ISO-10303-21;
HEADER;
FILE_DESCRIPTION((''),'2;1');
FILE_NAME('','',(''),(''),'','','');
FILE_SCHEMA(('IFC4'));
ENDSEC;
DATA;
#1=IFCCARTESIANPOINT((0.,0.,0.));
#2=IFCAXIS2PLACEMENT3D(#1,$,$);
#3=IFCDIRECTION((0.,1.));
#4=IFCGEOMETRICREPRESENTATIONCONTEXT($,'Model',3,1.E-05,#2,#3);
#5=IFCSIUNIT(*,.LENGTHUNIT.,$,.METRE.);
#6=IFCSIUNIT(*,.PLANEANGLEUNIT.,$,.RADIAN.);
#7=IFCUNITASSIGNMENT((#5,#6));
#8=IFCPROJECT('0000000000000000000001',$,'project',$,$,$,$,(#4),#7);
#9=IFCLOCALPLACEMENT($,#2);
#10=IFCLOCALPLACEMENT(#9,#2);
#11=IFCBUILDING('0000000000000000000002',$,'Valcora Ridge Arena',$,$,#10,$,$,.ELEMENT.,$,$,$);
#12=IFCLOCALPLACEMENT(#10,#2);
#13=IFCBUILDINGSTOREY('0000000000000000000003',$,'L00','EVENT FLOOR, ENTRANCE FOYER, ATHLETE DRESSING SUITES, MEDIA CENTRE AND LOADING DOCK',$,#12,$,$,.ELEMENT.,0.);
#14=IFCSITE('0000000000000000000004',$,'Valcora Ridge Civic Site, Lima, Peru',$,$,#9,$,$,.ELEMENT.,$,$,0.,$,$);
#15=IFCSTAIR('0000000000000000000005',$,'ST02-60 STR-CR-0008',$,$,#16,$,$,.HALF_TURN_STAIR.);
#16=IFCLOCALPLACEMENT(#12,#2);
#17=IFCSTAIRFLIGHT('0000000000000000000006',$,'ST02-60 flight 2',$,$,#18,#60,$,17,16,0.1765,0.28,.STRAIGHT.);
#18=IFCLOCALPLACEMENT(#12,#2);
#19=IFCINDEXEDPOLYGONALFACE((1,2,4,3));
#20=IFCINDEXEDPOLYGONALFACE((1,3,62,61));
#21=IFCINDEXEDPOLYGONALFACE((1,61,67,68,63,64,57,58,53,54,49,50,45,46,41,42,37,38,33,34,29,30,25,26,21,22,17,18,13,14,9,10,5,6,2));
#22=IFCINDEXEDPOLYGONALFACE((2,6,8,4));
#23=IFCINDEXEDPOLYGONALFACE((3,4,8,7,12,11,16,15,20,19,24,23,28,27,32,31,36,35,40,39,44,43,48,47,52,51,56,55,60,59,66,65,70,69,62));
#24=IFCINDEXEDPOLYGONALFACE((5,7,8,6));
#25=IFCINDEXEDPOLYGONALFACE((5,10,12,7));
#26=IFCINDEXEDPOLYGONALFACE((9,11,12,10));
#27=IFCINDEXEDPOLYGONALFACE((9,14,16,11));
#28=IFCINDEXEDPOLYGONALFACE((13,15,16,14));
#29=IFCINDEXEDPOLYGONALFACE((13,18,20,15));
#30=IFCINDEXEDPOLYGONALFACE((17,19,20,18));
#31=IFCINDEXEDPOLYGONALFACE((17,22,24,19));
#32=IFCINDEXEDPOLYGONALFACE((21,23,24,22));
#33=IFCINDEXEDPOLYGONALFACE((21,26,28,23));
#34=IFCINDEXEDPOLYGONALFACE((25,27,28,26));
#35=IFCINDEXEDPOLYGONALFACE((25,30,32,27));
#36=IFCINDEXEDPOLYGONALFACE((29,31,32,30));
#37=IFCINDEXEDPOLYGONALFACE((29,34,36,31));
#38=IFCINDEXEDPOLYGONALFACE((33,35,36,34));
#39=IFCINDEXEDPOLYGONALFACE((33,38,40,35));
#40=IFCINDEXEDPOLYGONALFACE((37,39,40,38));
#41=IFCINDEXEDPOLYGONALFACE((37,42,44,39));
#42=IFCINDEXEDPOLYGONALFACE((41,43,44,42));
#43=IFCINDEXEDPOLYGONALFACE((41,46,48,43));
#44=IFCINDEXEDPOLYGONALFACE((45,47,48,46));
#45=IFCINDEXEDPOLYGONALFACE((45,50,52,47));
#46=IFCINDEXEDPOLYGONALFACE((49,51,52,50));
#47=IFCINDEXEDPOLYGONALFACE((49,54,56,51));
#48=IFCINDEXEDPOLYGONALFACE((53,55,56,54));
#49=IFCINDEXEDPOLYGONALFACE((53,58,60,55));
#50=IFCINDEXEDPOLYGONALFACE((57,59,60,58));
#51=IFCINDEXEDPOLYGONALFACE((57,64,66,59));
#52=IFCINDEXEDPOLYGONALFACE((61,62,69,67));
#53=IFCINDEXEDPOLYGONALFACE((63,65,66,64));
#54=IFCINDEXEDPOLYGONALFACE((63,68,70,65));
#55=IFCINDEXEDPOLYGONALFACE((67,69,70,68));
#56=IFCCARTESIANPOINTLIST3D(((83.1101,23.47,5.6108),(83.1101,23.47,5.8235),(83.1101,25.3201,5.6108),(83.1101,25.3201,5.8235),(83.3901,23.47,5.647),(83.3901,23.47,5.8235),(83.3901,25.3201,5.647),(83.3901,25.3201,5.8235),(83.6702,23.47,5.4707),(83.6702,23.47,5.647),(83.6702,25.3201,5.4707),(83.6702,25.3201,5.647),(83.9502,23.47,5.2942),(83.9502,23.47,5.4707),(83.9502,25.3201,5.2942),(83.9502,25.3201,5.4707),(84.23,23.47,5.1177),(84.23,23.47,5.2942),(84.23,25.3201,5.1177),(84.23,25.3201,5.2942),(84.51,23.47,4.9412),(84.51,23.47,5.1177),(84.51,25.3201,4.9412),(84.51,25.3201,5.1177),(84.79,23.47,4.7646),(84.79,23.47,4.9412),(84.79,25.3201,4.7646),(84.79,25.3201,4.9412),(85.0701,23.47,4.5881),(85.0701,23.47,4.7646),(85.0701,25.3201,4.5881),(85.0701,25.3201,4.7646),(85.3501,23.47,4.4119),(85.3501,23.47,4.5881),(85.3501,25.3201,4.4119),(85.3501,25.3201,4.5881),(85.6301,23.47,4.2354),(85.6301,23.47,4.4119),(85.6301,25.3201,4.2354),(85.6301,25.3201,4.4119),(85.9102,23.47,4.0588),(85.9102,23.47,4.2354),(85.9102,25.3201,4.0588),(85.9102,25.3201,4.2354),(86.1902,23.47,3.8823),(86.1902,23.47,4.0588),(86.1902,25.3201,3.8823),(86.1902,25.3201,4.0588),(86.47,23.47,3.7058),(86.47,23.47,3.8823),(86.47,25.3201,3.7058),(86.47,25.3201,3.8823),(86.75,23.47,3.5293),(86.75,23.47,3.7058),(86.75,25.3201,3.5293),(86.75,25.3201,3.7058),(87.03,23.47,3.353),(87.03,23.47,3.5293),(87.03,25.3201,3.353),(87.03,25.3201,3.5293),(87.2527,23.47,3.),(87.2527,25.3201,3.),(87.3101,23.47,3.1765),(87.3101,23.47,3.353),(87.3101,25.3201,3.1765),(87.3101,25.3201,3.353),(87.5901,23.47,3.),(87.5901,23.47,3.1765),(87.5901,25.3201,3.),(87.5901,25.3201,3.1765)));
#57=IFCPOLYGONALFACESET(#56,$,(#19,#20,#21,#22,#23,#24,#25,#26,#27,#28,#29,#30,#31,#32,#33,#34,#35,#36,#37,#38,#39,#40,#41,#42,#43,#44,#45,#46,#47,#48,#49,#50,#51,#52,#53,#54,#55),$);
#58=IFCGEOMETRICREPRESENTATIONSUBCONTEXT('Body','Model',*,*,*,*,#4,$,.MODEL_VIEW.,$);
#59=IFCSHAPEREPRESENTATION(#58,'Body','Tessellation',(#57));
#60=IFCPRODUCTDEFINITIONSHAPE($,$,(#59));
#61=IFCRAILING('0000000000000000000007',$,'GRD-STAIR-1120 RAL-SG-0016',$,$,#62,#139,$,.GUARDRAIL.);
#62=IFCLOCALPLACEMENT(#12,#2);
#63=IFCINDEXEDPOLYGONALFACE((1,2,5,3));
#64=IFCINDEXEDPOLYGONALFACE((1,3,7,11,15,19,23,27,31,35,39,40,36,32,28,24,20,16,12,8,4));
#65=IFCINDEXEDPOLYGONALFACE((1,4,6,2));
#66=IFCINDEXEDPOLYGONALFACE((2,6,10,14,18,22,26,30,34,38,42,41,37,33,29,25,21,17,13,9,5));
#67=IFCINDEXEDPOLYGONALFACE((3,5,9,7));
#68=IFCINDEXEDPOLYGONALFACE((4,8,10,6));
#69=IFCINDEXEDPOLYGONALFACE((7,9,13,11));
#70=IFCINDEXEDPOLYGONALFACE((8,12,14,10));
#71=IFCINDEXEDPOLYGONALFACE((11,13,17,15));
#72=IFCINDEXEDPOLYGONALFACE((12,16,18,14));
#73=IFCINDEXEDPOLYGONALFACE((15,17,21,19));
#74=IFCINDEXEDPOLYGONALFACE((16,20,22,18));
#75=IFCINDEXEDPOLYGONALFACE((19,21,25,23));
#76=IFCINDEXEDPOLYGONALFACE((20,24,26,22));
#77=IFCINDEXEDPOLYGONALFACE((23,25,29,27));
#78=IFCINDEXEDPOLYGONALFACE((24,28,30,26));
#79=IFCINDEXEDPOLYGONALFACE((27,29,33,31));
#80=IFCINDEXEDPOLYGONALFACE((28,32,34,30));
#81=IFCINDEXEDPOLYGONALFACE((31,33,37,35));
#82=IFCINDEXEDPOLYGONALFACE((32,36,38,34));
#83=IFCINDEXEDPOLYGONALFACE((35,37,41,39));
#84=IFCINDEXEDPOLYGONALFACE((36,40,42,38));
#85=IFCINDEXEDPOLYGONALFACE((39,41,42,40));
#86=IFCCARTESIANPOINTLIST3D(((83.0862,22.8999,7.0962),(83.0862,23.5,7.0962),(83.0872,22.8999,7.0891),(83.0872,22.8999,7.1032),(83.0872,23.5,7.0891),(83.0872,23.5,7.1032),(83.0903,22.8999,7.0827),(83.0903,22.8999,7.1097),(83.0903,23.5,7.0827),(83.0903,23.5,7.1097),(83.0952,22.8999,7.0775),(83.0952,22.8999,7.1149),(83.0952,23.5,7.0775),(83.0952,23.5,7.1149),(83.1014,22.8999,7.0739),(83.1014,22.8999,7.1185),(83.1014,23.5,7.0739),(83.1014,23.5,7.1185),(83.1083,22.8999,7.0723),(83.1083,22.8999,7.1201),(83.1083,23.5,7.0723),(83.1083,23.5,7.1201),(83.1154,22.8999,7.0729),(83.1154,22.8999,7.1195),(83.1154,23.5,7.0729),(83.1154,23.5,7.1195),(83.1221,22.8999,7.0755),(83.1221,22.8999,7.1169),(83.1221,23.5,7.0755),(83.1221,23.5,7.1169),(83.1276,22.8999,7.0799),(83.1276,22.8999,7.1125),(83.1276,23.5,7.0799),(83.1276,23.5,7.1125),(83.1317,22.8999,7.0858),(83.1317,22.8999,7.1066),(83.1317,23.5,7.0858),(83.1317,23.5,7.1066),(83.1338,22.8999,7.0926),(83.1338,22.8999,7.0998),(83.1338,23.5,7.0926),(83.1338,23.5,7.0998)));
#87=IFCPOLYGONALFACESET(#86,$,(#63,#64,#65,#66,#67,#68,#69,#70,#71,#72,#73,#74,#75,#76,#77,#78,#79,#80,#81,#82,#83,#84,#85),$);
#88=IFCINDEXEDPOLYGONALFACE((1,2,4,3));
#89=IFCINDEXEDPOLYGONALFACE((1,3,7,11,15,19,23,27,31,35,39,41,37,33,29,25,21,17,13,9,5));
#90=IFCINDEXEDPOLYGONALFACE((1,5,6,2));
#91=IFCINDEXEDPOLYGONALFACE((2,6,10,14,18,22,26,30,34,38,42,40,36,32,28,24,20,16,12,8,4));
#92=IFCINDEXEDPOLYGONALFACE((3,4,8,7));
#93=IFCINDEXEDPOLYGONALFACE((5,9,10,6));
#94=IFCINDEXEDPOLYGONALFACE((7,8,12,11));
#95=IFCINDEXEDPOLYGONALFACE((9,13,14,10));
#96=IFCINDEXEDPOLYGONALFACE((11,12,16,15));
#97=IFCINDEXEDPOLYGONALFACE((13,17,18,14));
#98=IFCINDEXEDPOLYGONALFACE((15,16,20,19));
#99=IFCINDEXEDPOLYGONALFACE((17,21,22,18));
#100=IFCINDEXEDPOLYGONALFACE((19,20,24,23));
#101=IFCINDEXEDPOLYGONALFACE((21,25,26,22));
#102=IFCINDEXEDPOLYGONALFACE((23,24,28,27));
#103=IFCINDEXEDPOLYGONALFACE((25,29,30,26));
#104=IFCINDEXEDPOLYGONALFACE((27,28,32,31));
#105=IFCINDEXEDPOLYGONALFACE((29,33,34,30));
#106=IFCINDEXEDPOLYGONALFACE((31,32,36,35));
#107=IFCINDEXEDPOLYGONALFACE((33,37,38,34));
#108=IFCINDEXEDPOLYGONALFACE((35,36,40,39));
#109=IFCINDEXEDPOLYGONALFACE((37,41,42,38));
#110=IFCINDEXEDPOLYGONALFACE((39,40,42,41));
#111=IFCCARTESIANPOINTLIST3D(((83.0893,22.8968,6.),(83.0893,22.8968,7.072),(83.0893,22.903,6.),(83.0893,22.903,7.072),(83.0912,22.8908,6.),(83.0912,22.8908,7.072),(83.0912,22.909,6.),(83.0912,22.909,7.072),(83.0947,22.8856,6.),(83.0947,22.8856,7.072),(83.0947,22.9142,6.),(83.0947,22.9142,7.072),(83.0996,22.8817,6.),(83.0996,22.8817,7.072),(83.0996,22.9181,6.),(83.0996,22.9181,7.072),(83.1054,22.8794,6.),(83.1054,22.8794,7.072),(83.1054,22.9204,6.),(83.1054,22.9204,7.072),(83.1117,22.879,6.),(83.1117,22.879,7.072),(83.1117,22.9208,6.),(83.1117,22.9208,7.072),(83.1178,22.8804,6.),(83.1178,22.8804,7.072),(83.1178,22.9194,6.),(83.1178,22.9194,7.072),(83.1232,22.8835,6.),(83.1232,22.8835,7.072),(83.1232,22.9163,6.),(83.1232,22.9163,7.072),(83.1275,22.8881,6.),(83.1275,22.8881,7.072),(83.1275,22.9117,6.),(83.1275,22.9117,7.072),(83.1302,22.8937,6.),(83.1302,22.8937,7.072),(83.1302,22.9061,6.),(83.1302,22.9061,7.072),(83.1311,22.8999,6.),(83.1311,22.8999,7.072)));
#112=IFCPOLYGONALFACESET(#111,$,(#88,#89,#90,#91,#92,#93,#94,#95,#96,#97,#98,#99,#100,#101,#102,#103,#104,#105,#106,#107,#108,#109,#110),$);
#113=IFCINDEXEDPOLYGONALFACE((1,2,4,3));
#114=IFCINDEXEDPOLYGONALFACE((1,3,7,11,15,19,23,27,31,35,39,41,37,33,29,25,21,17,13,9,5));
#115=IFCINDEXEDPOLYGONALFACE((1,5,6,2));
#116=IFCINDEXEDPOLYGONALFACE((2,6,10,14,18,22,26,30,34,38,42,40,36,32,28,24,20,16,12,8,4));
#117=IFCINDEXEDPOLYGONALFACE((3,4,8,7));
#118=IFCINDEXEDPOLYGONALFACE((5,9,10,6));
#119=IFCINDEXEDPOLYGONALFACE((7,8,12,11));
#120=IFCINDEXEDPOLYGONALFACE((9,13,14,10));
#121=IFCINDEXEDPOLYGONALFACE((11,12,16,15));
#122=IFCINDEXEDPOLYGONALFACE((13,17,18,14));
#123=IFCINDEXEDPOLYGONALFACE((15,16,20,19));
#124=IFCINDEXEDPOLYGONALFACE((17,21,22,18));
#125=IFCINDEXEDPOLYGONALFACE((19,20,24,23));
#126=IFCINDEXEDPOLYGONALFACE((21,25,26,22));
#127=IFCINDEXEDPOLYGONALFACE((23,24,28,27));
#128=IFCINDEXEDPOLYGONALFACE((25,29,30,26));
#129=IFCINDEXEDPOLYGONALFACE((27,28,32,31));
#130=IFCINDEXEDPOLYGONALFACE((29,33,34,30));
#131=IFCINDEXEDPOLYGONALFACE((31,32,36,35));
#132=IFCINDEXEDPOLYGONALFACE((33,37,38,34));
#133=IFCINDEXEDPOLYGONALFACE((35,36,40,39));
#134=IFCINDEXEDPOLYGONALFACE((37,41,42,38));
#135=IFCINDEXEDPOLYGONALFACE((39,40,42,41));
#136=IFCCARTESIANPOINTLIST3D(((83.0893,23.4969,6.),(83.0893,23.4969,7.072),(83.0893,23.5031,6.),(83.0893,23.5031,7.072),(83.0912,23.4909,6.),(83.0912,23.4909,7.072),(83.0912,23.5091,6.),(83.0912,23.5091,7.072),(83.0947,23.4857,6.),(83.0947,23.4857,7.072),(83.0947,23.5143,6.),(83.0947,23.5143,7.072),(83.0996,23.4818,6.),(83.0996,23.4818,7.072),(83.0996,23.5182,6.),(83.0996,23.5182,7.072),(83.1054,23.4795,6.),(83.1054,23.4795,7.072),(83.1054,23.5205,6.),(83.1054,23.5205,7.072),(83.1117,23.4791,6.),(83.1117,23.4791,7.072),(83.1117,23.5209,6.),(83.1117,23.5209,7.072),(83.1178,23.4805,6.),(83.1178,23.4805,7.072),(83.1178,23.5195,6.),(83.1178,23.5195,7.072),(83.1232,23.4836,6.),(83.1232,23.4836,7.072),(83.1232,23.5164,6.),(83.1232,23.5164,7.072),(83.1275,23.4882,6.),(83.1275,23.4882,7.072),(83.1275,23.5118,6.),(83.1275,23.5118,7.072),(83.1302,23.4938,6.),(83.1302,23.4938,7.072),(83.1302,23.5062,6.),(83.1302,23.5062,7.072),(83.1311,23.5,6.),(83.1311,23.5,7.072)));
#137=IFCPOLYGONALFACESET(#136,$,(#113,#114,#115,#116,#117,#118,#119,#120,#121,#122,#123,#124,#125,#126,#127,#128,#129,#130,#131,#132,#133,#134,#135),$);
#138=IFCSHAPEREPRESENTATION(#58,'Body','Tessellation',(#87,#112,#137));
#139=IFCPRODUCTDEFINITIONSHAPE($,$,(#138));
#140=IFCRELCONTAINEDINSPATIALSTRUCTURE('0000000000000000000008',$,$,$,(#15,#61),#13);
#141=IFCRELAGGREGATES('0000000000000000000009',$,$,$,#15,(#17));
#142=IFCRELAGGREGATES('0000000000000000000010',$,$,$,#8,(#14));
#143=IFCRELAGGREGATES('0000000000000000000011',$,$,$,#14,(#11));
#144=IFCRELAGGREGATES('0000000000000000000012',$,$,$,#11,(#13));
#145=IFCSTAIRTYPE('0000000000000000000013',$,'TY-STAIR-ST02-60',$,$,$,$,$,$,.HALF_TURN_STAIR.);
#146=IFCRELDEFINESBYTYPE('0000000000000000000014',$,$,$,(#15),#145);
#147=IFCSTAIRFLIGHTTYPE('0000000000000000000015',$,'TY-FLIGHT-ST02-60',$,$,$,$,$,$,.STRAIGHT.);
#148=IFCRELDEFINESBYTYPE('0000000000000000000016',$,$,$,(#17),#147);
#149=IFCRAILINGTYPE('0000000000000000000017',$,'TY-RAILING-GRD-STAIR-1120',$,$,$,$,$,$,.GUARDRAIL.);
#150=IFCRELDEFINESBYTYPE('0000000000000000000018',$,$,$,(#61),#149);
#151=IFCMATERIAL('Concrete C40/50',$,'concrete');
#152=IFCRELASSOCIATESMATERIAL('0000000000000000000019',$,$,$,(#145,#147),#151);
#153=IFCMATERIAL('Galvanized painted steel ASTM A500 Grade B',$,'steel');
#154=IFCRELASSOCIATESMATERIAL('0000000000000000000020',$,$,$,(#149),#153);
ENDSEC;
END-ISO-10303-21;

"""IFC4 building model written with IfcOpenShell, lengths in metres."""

from ifc_helpers import new_model, si_unit, direction, frame, origin, origin_2d, place, context, subcontext, project, spatial, polyline, circle, outline, extrude, material, type_object, element, aggregate, save


model = new_model("IFC4")

# Units and contexts
model_context = context("Model", 3, precision=1e-05, world=origin(), true_north=direction((0.0, 1.0)))
body_context = subcontext(model_context, "Body", "Model", "MODEL_VIEW")
ifc_project = project(units=[si_unit("LENGTHUNIT", "METRE"), si_unit("PLANEANGLEUNIT", "RADIAN")], contexts=[model_context])

# Site, building, storey
site_placement = place(None, origin())
site = spatial("IfcSite", under=ifc_project, at=site_placement, Name="Valcora Ridge Civic Site, Lima, Peru", CompositionType="ELEMENT", RefElevation=0.0)
building_placement = place(site_placement, origin())
building = spatial("IfcBuilding", under=site, at=building_placement, Name="Valcora Ridge Arena", CompositionType="ELEMENT")
storey_placement = place(building_placement, origin())
storey = spatial("IfcBuildingStorey", under=building, at=storey_placement, Name="L00", Description="EVENT FLOOR, ENTRANCE FOYER, ATHLETE DRESSING SUITES, MEDIA CENTRE AND LOADING DOCK", CompositionType="ELEMENT", Elevation=0.0)

# Stair, stair flight
ifc_material_1 = material(Name="Concrete C40/50", Category="concrete")
stair_type = type_object("IfcStairType", Name="TY-STAIR-ST02-60", PredefinedType="HALF_TURN_STAIR", material=ifc_material_1)
stair_placement = place(storey_placement, origin())
stair = element("IfcStair", 1, at=stair_placement, inside=storey, type_object=stair_type, Name="ST02-60 STR-CR-0008", PredefinedType="HALF_TURN_STAIR")
stair_flight_type = type_object("IfcStairFlightType", Name="TY-FLIGHT-ST02-60", PredefinedType="STRAIGHT", material=ifc_material_1)
stair_flight_1_placement = place(storey_placement, frame((87.5901, 24.395, 3.0), z_axis=(0.0, 0.0, 1.0), x_axis=(-1.0, 0.0, 0.0)))
stair_flight_1 = element("IfcStairFlight", 2, at=stair_flight_1_placement, type_object=stair_flight_type, Name="ST02-60 flight 2", NumberOfRisers=17, NumberOfTreads=16, PredefinedType="STRAIGHT", RiserHeight=0.1765, TreadLength=0.28, context=body_context, shape_type="SweptSolid", body=[
    extrude(outline(polyline([(0.0, 0.0), (0.0, 0.1765), (0.28, 0.1765), (0.28, 0.353), (0.5601, 0.353), (0.5601, 0.5293), (0.8401, 0.5293), (0.8401, 0.7058), (1.1201, 0.7058), (1.1201, 0.8823), (1.3999, 0.8823), (1.3999, 1.0588), (1.6799, 1.0588), (1.6799, 1.2354), (1.96, 1.2354), (1.96, 1.4119), (2.24, 1.4119), (2.24, 1.5881), (2.52, 1.5881), (2.52, 1.7646), (2.8, 1.7646), (2.8, 1.9412), (3.0801, 1.9412), (3.0801, 2.1177), (3.3601, 2.1177), (3.3601, 2.2942), (3.6399, 2.2942), (3.6399, 2.4707), (3.9199, 2.4707), (3.9199, 2.647), (4.2, 2.647), (4.2, 2.8235), (4.48, 2.8235), (4.48, 3.0), (4.48, 2.6108), (0.3374, 0.0), (0.0, 0.0)])), frame((0.0, 0.925, 0.0), z_axis=(0.0, -1.0, 0.0), x_axis=(1.0, 0.0, 0.0)), (0.0, 0.0, 1.0), 1.8501),
])
aggregate(stair, [stair_flight_1])

# Railing
ifc_material_2 = material(Name="Galvanized painted steel ASTM A500 Grade B", Category="steel")
railing_type_1 = type_object("IfcRailingType", Name="TY-RAILING-GRD-STAIR-1120", PredefinedType="GUARDRAIL", material=ifc_material_2)
railing_1_placement = place(storey_placement, frame((83.1101, 22.8999, 6.0)))
element("IfcRailing", 3, at=railing_1_placement, inside=storey, type_object=railing_type_1, Name="GRD-STAIR-1120 RAL-SG-0016", PredefinedType="GUARDRAIL", context=body_context, shape_type="SweptSolid", body=[
    extrude(circle(Radius=0.0239, at=origin_2d()), frame((0.0, 0.0, 1.0962), z_axis=(0.0, 1.0, 0.0), x_axis=(-1.0, 0.0, 0.0)), (0.0, 0.0, 1.0), 0.6001),
    extrude(circle(Radius=0.021, at=origin_2d()), origin(), (0.0, 0.0, 1.0), 1.072),
    extrude(circle(Radius=0.021, at=origin_2d()), frame((0.0, 0.6001, 0.0)), (0.0, 0.0, 1.0), 1.072),
])

save(model, "model.ifc")
